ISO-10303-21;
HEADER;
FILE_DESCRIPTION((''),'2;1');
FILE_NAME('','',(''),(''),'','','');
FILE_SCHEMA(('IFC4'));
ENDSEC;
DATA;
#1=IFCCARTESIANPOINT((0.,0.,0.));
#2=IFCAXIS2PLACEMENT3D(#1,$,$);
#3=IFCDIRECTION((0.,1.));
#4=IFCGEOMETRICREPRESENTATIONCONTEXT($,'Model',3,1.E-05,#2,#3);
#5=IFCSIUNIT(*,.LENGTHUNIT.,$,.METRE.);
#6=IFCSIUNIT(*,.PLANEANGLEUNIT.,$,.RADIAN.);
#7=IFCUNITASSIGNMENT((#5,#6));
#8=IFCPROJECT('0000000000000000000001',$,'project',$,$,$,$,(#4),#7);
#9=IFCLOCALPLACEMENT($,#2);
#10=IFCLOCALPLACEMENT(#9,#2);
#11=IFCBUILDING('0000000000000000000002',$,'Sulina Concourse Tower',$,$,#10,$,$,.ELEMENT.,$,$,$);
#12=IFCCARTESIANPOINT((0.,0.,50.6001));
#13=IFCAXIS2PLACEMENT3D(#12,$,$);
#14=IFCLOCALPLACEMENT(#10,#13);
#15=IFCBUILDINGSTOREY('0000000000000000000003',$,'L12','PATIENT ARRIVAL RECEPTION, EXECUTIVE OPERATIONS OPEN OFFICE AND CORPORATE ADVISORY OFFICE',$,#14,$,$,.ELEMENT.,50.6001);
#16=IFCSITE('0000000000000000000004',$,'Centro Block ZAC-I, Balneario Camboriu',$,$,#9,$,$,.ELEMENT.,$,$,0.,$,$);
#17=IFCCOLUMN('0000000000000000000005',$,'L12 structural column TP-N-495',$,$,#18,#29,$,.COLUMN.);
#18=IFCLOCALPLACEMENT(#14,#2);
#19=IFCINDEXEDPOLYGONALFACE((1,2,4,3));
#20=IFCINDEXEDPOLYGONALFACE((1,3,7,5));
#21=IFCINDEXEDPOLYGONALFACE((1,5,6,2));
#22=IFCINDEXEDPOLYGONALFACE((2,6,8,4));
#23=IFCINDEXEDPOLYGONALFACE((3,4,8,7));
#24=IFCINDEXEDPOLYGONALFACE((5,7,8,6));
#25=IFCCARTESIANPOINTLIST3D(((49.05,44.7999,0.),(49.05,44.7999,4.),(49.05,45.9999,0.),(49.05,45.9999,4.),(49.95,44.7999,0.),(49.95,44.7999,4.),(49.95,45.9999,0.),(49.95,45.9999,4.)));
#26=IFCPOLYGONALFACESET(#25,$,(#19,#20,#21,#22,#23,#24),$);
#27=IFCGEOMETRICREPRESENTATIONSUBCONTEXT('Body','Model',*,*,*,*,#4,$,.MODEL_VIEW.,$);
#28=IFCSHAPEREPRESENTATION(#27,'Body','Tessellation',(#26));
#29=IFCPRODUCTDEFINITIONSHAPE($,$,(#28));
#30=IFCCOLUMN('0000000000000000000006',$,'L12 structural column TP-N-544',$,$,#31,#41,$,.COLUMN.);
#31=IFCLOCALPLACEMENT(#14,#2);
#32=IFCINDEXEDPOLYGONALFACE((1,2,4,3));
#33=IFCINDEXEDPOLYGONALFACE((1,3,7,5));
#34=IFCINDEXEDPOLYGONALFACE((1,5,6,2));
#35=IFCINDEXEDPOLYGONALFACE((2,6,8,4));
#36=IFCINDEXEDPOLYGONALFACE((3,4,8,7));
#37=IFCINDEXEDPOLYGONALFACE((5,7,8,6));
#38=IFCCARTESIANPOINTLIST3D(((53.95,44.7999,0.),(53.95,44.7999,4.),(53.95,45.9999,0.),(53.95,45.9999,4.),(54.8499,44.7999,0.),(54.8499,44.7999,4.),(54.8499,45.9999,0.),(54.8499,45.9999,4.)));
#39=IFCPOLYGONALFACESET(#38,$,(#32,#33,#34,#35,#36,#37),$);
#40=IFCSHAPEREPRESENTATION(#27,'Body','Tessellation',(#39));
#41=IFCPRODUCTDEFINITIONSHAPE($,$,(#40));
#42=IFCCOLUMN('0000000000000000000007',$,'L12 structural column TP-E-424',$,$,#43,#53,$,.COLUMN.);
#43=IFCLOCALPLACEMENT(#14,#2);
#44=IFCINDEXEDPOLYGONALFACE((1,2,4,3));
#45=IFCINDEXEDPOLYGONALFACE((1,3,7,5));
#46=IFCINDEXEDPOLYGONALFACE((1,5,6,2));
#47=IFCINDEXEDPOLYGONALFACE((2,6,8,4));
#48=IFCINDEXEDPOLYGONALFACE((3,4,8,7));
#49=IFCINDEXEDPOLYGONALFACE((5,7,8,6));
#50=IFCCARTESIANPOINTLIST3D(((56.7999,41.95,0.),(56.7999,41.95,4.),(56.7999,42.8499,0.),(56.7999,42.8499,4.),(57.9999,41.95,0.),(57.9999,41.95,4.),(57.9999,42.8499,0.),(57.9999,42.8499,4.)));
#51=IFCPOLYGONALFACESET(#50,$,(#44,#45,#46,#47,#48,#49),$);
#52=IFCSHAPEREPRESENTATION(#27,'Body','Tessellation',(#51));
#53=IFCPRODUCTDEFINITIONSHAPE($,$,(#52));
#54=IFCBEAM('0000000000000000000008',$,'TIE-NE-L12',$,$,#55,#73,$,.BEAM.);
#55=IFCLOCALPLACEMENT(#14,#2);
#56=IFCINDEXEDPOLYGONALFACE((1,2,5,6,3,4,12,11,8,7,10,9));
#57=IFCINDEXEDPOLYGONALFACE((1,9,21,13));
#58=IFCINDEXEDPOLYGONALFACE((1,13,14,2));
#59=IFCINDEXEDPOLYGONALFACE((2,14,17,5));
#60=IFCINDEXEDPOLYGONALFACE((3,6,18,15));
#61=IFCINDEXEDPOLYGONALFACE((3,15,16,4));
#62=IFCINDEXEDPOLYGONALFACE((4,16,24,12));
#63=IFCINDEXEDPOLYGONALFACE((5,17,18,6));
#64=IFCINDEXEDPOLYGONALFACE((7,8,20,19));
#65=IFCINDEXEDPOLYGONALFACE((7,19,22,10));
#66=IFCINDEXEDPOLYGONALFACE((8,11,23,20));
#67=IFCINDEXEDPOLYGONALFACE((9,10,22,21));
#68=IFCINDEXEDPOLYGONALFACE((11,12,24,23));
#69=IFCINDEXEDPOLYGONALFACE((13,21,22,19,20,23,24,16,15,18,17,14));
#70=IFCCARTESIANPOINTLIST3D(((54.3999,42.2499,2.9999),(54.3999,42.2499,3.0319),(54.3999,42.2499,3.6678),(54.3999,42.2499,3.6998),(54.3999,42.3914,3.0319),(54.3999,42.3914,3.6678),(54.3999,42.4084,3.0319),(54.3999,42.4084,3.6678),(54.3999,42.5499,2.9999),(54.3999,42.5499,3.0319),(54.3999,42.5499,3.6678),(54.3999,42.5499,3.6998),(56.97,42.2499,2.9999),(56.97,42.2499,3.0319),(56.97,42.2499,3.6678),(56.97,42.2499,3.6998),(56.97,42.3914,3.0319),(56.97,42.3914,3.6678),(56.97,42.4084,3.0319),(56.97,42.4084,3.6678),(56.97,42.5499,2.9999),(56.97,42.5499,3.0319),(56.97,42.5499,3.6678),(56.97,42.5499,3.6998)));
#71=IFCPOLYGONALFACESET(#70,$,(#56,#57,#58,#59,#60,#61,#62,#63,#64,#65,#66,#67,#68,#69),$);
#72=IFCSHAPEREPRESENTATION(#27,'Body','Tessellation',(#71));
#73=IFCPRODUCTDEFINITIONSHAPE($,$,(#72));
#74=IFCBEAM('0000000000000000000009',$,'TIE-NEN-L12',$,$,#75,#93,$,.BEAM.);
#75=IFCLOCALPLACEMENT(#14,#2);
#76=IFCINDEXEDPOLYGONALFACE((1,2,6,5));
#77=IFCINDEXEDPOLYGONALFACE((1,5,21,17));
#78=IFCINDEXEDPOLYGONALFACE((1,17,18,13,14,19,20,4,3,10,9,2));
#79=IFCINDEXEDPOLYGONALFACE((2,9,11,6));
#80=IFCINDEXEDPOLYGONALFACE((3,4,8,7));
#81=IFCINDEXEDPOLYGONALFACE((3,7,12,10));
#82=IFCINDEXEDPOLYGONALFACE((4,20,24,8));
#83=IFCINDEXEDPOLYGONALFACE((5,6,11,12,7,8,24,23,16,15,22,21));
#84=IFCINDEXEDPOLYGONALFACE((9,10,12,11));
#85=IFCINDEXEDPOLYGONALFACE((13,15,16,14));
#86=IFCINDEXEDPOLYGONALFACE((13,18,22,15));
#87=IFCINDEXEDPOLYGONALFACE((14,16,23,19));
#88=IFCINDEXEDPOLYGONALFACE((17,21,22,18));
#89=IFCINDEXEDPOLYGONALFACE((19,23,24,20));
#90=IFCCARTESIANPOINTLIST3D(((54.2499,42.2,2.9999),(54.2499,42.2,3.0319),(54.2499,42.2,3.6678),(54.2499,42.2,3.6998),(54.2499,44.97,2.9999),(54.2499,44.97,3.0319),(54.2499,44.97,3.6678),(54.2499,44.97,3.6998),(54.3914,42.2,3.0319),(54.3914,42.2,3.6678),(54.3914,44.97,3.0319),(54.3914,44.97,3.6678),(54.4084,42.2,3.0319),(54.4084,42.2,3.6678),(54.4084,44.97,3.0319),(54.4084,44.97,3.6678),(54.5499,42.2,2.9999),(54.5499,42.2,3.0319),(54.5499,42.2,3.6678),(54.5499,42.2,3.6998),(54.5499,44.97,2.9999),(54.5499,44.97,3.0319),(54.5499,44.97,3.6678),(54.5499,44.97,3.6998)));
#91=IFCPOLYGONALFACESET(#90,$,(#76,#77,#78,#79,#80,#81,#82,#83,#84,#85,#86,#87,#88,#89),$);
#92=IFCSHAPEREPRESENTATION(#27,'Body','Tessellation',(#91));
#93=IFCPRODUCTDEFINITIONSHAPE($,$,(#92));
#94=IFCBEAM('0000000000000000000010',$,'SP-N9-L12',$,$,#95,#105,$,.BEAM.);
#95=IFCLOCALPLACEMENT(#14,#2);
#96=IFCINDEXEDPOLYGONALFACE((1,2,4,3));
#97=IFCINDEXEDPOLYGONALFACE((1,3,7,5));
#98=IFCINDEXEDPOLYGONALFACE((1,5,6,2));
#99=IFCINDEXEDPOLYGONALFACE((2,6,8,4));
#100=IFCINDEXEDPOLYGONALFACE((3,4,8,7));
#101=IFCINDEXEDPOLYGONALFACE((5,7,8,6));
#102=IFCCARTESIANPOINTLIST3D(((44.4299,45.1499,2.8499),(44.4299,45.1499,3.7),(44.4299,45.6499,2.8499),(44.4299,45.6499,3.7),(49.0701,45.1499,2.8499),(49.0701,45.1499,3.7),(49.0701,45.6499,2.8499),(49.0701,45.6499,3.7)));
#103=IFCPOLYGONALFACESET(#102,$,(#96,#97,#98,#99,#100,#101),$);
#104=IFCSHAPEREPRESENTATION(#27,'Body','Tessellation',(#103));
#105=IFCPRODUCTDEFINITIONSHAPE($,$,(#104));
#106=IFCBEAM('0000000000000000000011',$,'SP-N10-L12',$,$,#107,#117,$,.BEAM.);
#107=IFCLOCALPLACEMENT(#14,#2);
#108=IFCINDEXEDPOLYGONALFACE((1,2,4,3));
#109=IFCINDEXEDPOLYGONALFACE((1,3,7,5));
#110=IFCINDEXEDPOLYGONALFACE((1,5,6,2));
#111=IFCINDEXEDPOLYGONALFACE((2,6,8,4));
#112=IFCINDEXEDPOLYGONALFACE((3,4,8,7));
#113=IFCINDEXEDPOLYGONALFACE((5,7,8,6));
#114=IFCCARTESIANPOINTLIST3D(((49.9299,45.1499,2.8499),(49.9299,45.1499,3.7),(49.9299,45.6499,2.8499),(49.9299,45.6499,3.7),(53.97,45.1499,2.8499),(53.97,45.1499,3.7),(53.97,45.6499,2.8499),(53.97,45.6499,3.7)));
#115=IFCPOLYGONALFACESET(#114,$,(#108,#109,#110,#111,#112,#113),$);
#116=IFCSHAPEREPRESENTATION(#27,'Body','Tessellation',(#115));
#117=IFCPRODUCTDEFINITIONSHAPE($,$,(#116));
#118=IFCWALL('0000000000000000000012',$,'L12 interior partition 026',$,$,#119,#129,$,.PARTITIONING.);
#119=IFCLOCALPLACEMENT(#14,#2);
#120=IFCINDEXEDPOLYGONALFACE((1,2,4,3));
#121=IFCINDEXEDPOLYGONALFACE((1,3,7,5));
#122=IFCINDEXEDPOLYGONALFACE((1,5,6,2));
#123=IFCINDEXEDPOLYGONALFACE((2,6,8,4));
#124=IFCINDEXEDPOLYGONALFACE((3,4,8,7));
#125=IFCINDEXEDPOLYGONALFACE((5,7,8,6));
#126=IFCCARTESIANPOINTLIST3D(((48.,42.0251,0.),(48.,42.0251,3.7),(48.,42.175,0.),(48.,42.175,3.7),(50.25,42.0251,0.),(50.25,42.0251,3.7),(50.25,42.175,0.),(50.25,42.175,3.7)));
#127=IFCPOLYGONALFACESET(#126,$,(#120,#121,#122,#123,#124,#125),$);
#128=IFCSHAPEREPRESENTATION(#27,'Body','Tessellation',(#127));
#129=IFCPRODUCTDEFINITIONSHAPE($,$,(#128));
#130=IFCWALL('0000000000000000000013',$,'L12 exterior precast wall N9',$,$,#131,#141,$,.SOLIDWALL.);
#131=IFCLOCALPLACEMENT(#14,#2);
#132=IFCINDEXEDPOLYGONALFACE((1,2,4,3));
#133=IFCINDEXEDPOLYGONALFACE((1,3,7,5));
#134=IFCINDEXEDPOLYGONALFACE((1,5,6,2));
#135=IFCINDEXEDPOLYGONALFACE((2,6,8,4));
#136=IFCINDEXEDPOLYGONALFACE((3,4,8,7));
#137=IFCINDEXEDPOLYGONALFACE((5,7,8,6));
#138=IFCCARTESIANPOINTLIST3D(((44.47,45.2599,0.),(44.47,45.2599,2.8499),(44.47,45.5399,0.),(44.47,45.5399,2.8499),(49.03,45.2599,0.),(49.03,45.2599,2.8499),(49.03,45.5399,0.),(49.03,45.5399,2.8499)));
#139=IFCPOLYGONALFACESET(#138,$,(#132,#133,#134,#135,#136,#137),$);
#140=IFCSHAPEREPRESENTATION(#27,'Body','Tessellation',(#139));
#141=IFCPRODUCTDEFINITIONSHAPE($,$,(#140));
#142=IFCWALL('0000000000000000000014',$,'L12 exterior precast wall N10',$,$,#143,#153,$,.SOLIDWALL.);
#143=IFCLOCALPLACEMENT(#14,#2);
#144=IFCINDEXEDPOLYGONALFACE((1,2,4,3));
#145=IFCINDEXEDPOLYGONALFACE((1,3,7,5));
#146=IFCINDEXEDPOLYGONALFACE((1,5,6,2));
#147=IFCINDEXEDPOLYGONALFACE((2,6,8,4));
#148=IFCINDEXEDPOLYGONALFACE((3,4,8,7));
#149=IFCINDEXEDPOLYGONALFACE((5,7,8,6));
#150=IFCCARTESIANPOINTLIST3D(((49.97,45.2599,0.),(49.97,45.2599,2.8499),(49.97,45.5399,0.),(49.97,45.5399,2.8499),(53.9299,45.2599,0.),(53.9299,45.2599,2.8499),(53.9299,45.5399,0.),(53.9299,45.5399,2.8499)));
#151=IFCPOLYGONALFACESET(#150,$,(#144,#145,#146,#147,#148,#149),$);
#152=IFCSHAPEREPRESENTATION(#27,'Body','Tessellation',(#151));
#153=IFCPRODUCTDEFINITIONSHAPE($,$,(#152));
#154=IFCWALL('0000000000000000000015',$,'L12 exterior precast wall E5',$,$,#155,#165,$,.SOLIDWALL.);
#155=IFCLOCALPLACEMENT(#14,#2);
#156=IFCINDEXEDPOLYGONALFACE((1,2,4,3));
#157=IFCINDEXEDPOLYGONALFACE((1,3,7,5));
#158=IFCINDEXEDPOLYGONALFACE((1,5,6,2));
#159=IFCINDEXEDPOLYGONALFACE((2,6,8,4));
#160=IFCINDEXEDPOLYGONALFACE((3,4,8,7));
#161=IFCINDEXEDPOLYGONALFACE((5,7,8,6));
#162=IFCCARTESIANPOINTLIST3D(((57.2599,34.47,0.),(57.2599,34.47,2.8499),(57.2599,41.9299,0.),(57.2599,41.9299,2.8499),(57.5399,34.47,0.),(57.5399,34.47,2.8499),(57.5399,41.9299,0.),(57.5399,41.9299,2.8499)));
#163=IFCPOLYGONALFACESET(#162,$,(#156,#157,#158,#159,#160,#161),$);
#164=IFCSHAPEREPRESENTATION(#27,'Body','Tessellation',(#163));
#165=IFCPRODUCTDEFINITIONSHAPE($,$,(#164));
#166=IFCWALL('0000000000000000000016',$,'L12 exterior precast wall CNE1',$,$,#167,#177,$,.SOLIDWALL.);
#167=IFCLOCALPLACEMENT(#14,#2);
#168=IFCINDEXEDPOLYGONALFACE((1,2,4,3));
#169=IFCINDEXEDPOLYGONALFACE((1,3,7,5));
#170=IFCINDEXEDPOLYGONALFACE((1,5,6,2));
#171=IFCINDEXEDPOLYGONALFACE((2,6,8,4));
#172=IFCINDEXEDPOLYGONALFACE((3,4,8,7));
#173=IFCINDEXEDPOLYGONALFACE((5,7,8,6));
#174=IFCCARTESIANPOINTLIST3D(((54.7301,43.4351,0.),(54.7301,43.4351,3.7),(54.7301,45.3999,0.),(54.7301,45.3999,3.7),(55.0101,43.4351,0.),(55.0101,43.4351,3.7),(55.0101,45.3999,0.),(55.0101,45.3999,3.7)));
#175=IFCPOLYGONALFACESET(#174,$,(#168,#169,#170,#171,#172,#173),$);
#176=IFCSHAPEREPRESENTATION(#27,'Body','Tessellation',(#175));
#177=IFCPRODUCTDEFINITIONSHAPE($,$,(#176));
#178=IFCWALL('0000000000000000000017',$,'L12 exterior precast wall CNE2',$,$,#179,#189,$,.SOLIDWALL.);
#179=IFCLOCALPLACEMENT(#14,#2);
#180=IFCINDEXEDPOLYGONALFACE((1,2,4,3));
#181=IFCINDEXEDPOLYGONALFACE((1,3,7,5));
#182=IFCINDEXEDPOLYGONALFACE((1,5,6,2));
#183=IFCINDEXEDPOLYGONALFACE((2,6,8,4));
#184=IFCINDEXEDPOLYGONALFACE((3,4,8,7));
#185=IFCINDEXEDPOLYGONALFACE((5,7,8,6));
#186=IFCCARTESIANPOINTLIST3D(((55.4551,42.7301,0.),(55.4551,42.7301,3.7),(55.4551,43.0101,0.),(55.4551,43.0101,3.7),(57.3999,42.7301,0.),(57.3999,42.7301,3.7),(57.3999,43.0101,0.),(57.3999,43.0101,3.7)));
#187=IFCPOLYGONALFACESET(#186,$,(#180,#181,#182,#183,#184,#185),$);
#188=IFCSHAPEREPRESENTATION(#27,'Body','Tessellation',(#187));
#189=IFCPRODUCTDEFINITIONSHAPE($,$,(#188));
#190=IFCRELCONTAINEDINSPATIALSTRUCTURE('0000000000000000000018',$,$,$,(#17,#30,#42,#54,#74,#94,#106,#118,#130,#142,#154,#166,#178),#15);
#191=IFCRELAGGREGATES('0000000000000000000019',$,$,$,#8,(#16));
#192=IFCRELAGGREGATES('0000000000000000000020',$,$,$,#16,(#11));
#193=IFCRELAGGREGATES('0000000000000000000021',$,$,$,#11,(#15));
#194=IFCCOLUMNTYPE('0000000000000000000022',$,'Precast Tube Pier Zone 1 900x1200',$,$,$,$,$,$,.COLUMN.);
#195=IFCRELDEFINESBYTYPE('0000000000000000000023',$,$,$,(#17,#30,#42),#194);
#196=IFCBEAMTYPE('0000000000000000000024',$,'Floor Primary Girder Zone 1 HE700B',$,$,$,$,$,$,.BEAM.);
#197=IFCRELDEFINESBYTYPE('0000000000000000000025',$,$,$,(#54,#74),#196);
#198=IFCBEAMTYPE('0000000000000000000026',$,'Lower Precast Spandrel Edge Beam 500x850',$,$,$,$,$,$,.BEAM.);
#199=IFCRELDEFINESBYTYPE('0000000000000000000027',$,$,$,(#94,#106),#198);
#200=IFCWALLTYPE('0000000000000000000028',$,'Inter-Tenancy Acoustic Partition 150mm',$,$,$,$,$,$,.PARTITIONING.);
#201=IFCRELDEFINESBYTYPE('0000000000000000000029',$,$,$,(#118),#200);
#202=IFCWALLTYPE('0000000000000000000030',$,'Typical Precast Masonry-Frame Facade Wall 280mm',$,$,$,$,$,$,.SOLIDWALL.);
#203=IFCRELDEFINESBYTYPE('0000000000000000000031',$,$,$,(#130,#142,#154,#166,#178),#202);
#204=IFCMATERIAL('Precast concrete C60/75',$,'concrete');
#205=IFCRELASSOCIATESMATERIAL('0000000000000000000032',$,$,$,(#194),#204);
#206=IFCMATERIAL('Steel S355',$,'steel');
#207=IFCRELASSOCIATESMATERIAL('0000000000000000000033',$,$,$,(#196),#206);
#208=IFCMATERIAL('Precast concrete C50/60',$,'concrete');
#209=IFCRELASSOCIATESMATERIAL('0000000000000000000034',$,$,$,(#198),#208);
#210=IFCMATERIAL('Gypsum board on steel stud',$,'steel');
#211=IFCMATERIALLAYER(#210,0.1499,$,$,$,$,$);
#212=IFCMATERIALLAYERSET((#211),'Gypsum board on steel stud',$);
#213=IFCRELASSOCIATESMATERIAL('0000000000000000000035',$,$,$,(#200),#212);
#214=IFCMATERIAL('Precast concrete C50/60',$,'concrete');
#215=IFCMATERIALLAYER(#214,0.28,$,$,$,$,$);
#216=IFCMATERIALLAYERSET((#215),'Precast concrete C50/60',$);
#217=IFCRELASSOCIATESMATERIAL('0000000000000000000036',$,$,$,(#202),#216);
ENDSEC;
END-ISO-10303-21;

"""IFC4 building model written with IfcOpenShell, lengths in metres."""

from ifc_helpers import new_model, si_unit, direction, frame, frame_2d, origin, origin_2d, place, context, subcontext, project, spatial, rectangle, i_section, extrude, material, layer, layer_set, material_profile, profile_set, type_object, element, save


model = new_model("IFC4")

# Units and contexts
model_context = context("Model", 3, precision=1e-05, world=origin(), true_north=direction((0.0, 1.0)))
body_context = subcontext(model_context, "Body", "Model", "MODEL_VIEW")
ifc_project = project(units=[si_unit("LENGTHUNIT", "METRE"), si_unit("PLANEANGLEUNIT", "RADIAN")], contexts=[model_context])

# Site, building, storey
site_placement = place(None, origin())
site = spatial("IfcSite", under=ifc_project, at=site_placement, Name="Centro Block ZAC-I, Balneario Camboriu", CompositionType="ELEMENT", RefElevation=0.0)
building_placement = place(site_placement, origin())
building = spatial("IfcBuilding", under=site, at=building_placement, Name="Sulina Concourse Tower", CompositionType="ELEMENT")
storey_placement = place(building_placement, frame((0.0, 0.0, 50.6001)))
storey = spatial("IfcBuildingStorey", under=building, at=storey_placement, Name="L12", Description="PATIENT ARRIVAL RECEPTION, EXECUTIVE OPERATIONS OPEN OFFICE AND CORPORATE ADVISORY OFFICE", CompositionType="ELEMENT", Elevation=50.6001)

# Columns
ifc_material_1 = material(Name="Precast concrete C60/75", Category="concrete")
ifc_material_profile_1 = material_profile(ifc_material_1, rectangle(XDim=0.8999, YDim=1.2, at=origin_2d()), Name="PC 900x1200")
ifc_profile_set_1 = profile_set([ifc_material_profile_1], Name="Precast concrete C60/75")
column_type = type_object("IfcColumnType", Name="Precast Tube Pier Zone 1 900x1200", PredefinedType="COLUMN", material=ifc_profile_set_1)
for number, where, z_axis, x_axis, name in (
    (1, (49.5, 45.3999, 0.0), (0.0, 0.0, 1.0), (1.0, 0.0, 0.0), "L12 structural column TP-N-495"),
    (2, (54.3999, 45.3999, 0.0), (0.0, 0.0, 1.0), (1.0, 0.0, 0.0), "L12 structural column TP-N-544"),
    (3, (57.3999, 42.3999, 0.0), (0.0, 0.0, 1.0), (0.0, 1.0, 0.0), "L12 structural column TP-E-424"),
):
    element("IfcColumn", number, at=place(storey_placement, frame(where, z_axis=z_axis, x_axis=x_axis)), inside=storey, type_object=column_type, Name=name, PredefinedType="COLUMN", context=body_context, shape_type="SweptSolid", body=[
        extrude(rectangle(XDim=0.8999, YDim=1.2, at=origin_2d()), origin(), (0.0, 0.0, 1.0), 4.0),
    ])

# Beams
ifc_material_2 = material(Name="Steel S355", Category="steel")
ifc_material_profile_2 = material_profile(ifc_material_2, i_section(OverallWidth=0.3, OverallDepth=0.7, WebThickness=0.0171, FlangeThickness=0.032, at=origin_2d()), Name="HE 700 B")
ifc_profile_set_2 = profile_set([ifc_material_profile_2], Name="Steel S355")
beam_type_1 = type_object("IfcBeamType", Name="Floor Primary Girder Zone 1 HE700B", PredefinedType="BEAM", material=ifc_profile_set_2)
beam_1_placement = place(storey_placement, frame((54.3999, 42.3999, 3.3499), z_axis=(1.0, 0.0, 0.0), x_axis=(0.0, 1.0, 0.0)))
element("IfcBeam", 4, at=beam_1_placement, inside=storey, type_object=beam_type_1, Name="TIE-NE-L12", PredefinedType="BEAM", context=body_context, shape_type="SweptSolid", body=[
    extrude(i_section(OverallWidth=0.3, OverallDepth=0.7, WebThickness=0.0171, FlangeThickness=0.032, at=origin_2d()), origin(), (0.0, 0.0, 1.0), 2.5701),
])
beam_2_placement = place(storey_placement, frame((54.3999, 42.2, 3.3499), z_axis=(0.0, 1.0, 0.0), x_axis=(-1.0, 0.0, 0.0)))
element("IfcBeam", 5, at=beam_2_placement, inside=storey, type_object=beam_type_1, Name="TIE-NEN-L12", PredefinedType="BEAM", context=body_context, shape_type="SweptSolid", body=[
    extrude(i_section(OverallWidth=0.3, OverallDepth=0.7, WebThickness=0.0171, FlangeThickness=0.032, at=origin_2d()), origin(), (0.0, 0.0, 1.0), 2.77),
])
ifc_material_3 = material(Name="Precast concrete C50/60", Category="concrete")
ifc_material_profile_3 = material_profile(ifc_material_3, rectangle(XDim=0.5, YDim=0.8501, at=origin_2d()), Name="RC 500x850")
ifc_profile_set_3 = profile_set([ifc_material_profile_3], Name="Precast concrete C50/60")
beam_type_2 = type_object("IfcBeamType", Name="Lower Precast Spandrel Edge Beam 500x850", PredefinedType="BEAM", material=ifc_profile_set_3)
beam_3_placement = place(storey_placement, frame((44.4299, 45.3999, 3.2749), z_axis=(1.0, 0.0, 0.0), x_axis=(0.0, 1.0, 0.0)))
element("IfcBeam", 6, at=beam_3_placement, inside=storey, type_object=beam_type_2, Name="SP-N9-L12", PredefinedType="BEAM", context=body_context, shape_type="SweptSolid", body=[
    extrude(rectangle(XDim=0.5, YDim=0.8501, at=origin_2d()), origin(), (0.0, 0.0, 1.0), 4.6401),
])
beam_4_placement = place(storey_placement, frame((49.9299, 45.3999, 3.2749), z_axis=(1.0, 0.0, 0.0), x_axis=(0.0, 1.0, 0.0)))
element("IfcBeam", 7, at=beam_4_placement, inside=storey, type_object=beam_type_2, Name="SP-N10-L12", PredefinedType="BEAM", context=body_context, shape_type="SweptSolid", body=[
    extrude(rectangle(XDim=0.5, YDim=0.8501, at=origin_2d()), origin(), (0.0, 0.0, 1.0), 4.04),
])

# Walls
ifc_material_4 = material(Name="Gypsum board on steel stud", Category="steel")
ifc_layer_1 = layer(ifc_material_4, 0.1499)
ifc_layer_set_1 = layer_set([ifc_layer_1], Name="Gypsum board on steel stud")
wall_type_1 = type_object("IfcWallType", Name="Inter-Tenancy Acoustic Partition 150mm", PredefinedType="PARTITIONING", material=ifc_layer_set_1)
wall_1_placement = place(storey_placement, frame((48.0, 42.1001, 0.0), z_axis=(0.0, 0.0, 1.0), x_axis=(1.0, 0.0, 0.0)))
element("IfcWall", 8, at=wall_1_placement, inside=storey, type_object=wall_type_1, Name="L12 interior partition 026", PredefinedType="PARTITIONING", context=body_context, shape_type="SweptSolid", body=[
    extrude(rectangle(XDim=2.25, YDim=0.1499, at=frame_2d((1.125, 0.0))), origin(), (0.0, 0.0, 1.0), 3.7),
])
ifc_material_5 = material(Name="Precast concrete C50/60", Category="concrete")
ifc_layer_2 = layer(ifc_material_5, 0.28)
ifc_layer_set_2 = layer_set([ifc_layer_2], Name="Precast concrete C50/60")
wall_type_2 = type_object("IfcWallType", Name="Typical Precast Masonry-Frame Facade Wall 280mm", PredefinedType="SOLIDWALL", material=ifc_layer_set_2)
wall_2_placement = place(storey_placement, frame((44.47, 45.3999, 0.0), z_axis=(0.0, 0.0, 1.0), x_axis=(1.0, 0.0, 0.0)))
element("IfcWall", 9, at=wall_2_placement, inside=storey, type_object=wall_type_2, Name="L12 exterior precast wall N9", PredefinedType="SOLIDWALL", context=body_context, shape_type="SweptSolid", body=[
    extrude(rectangle(XDim=4.5601, YDim=0.28, at=frame_2d((2.28, 0.0))), origin(), (0.0, 0.0, 1.0), 2.8499),
])
wall_3_placement = place(storey_placement, frame((49.97, 45.3999, 0.0), z_axis=(0.0, 0.0, 1.0), x_axis=(1.0, 0.0, 0.0)))
element("IfcWall", 10, at=wall_3_placement, inside=storey, type_object=wall_type_2, Name="L12 exterior precast wall N10", PredefinedType="SOLIDWALL", context=body_context, shape_type="SweptSolid", body=[
    extrude(rectangle(XDim=3.96, YDim=0.28, at=frame_2d((1.98, 0.0))), origin(), (0.0, 0.0, 1.0), 2.8499),
])
wall_4_placement = place(storey_placement, frame((57.3999, 41.9299, 0.0), z_axis=(0.0, 0.0, 1.0), x_axis=(0.0, -1.0, 0.0)))
element("IfcWall", 11, at=wall_4_placement, inside=storey, type_object=wall_type_2, Name="L12 exterior precast wall E5", PredefinedType="SOLIDWALL", context=body_context, shape_type="SweptSolid", body=[
    extrude(rectangle(XDim=7.46, YDim=0.28, at=frame_2d((3.73, 0.0))), origin(), (0.0, 0.0, 1.0), 2.8499),
])
wall_5_placement = place(storey_placement, frame((54.8701, 45.3999, 0.0), z_axis=(0.0, 0.0, 1.0), x_axis=(0.0, -1.0, 0.0)))
element("IfcWall", 12, at=wall_5_placement, inside=storey, type_object=wall_type_2, Name="L12 exterior precast wall CNE1", PredefinedType="SOLIDWALL", context=body_context, shape_type="SweptSolid", body=[
    extrude(rectangle(XDim=1.9648, YDim=0.28, at=frame_2d((0.9824, 0.0))), origin(), (0.0, 0.0, 1.0), 3.7),
])
wall_6_placement = place(storey_placement, frame((55.4551, 42.8701, 0.0), z_axis=(0.0, 0.0, 1.0), x_axis=(1.0, 0.0, 0.0)))
element("IfcWall", 13, at=wall_6_placement, inside=storey, type_object=wall_type_2, Name="L12 exterior precast wall CNE2", PredefinedType="SOLIDWALL", context=body_context, shape_type="SweptSolid", body=[
    extrude(rectangle(XDim=1.9448, YDim=0.28, at=frame_2d((0.9724, 0.0))), origin(), (0.0, 0.0, 1.0), 3.7),
])

save(model, "model.ifc")
